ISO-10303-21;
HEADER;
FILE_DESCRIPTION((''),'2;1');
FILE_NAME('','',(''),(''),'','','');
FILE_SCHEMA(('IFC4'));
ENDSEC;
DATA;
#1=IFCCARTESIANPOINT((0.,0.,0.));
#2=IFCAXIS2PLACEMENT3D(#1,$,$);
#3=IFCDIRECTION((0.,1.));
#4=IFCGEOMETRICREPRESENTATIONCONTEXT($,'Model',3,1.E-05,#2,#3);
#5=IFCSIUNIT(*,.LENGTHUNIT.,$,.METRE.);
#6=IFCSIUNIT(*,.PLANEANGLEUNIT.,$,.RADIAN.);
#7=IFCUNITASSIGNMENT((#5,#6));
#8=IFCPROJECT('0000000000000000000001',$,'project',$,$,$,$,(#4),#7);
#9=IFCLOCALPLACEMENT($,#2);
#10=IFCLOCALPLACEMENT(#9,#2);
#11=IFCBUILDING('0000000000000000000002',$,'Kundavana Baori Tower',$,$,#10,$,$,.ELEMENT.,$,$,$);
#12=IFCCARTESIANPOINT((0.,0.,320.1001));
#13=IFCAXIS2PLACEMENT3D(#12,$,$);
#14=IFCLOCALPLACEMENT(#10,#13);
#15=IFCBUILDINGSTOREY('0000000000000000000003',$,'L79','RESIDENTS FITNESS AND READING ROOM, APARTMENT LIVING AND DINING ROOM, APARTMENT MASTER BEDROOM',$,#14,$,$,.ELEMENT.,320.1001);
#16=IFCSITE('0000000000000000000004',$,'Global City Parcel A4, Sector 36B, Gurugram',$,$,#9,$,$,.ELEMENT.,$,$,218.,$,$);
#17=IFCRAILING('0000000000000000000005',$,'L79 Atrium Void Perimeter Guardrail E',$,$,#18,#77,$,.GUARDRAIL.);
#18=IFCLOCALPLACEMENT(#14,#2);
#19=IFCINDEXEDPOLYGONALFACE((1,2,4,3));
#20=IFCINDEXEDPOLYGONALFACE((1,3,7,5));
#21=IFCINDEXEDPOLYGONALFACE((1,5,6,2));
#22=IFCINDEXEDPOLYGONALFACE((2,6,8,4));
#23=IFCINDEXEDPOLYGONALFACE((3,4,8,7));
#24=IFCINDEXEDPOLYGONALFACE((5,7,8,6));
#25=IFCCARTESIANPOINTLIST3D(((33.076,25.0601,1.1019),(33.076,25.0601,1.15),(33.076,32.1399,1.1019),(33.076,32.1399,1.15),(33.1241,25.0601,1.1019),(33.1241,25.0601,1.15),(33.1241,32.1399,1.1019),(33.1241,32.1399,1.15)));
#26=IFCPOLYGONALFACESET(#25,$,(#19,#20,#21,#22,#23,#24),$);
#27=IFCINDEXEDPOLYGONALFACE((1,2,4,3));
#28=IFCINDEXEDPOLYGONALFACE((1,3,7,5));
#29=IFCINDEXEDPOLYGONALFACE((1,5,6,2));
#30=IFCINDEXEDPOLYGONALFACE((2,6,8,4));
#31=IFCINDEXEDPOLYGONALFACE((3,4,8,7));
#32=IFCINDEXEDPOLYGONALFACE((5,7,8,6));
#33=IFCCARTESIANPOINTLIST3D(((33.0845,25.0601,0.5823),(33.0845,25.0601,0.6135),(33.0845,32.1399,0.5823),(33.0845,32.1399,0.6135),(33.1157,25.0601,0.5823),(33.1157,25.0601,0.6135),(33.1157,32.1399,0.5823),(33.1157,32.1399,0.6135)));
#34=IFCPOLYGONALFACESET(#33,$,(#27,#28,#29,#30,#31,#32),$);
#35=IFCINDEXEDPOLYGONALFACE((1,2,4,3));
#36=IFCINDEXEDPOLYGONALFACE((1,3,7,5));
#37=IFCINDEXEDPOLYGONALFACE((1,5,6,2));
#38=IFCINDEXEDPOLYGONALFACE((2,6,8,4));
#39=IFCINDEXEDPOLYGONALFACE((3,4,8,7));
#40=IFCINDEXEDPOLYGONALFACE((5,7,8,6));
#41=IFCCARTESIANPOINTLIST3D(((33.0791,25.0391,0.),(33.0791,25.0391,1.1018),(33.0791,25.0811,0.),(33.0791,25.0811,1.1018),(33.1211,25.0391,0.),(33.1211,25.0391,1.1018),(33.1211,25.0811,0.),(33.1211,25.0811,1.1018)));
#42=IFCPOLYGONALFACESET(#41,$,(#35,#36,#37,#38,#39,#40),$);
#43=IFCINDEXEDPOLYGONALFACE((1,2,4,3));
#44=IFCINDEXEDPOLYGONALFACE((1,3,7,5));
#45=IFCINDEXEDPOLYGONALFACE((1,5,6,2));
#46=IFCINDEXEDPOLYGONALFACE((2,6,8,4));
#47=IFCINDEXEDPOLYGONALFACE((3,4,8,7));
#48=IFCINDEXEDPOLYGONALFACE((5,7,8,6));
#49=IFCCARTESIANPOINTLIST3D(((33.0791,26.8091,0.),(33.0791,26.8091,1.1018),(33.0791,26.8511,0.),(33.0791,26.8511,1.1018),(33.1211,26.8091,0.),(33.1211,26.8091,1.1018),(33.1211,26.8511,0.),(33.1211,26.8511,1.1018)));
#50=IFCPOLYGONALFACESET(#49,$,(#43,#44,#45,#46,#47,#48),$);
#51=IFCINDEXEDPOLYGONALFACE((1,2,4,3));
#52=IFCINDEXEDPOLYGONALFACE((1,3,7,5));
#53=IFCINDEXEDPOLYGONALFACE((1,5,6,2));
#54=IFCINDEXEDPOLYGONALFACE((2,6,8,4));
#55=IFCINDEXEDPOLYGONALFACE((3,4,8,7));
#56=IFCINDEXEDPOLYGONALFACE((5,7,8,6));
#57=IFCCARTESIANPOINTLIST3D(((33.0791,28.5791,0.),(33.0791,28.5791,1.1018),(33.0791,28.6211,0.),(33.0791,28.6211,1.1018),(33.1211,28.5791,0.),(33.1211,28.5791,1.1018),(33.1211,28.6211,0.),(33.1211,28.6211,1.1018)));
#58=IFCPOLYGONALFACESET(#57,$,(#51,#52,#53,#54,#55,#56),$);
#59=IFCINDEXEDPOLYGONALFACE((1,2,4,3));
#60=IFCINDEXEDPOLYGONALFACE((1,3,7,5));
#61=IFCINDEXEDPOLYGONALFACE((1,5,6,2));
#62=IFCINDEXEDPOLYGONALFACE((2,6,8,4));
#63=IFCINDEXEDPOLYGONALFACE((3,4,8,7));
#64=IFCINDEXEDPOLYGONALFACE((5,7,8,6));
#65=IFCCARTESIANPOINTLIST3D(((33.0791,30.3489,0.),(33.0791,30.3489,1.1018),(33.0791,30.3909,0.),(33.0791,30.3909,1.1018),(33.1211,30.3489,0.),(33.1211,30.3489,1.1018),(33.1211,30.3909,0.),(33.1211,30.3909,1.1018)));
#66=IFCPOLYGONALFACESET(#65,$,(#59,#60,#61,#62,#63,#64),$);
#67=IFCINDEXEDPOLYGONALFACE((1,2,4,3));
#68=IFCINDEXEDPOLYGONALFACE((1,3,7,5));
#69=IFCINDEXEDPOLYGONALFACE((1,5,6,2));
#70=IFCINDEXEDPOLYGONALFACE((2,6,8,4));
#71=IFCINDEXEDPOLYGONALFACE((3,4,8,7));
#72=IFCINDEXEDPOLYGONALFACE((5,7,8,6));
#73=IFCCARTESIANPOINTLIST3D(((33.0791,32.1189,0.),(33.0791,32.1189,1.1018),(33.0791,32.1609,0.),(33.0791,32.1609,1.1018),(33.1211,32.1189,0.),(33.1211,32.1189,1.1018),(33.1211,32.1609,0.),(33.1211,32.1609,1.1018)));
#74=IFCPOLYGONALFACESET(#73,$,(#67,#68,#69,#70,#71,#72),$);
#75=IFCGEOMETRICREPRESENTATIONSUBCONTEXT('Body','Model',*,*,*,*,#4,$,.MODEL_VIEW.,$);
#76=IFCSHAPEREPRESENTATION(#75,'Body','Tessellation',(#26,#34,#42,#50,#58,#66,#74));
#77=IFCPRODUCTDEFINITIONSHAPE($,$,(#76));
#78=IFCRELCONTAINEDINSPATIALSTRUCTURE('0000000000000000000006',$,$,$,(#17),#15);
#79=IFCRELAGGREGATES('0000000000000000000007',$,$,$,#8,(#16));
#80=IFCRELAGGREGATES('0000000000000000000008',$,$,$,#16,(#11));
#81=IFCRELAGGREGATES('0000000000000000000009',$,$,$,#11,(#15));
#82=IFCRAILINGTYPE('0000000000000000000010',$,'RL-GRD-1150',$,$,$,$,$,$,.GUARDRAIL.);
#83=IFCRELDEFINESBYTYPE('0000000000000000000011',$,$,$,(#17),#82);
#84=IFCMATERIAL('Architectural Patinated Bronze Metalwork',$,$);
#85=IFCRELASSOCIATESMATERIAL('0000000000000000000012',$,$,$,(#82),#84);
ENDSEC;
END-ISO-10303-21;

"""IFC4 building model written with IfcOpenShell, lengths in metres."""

from ifc_helpers import new_model, si_unit, direction, frame, origin, origin_2d, place, context, subcontext, project, spatial, rectangle, extrude, material, type_object, element, save


model = new_model("IFC4")

# Units and contexts
model_context = context("Model", 3, precision=1e-05, world=origin(), true_north=direction((0.0, 1.0)))
body_context = subcontext(model_context, "Body", "Model", "MODEL_VIEW")
ifc_project = project(units=[si_unit("LENGTHUNIT", "METRE"), si_unit("PLANEANGLEUNIT", "RADIAN")], contexts=[model_context])

# Site, building, storey
site_placement = place(None, origin())
site = spatial("IfcSite", under=ifc_project, at=site_placement, Name="Global City Parcel A4, Sector 36B, Gurugram", CompositionType="ELEMENT", RefElevation=218.0)
building_placement = place(site_placement, origin())
building = spatial("IfcBuilding", under=site, at=building_placement, Name="Kundavana Baori Tower", CompositionType="ELEMENT")
storey_placement = place(building_placement, frame((0.0, 0.0, 320.1001)))
storey = spatial("IfcBuildingStorey", under=building, at=storey_placement, Name="L79", Description="RESIDENTS FITNESS AND READING ROOM, APARTMENT LIVING AND DINING ROOM, APARTMENT MASTER BEDROOM", CompositionType="ELEMENT", Elevation=320.1001)

# Railing
ifc_material_1 = material(Name="Architectural Patinated Bronze Metalwork")
railing_type = type_object("IfcRailingType", Name="RL-GRD-1150", PredefinedType="GUARDRAIL", material=ifc_material_1)
railing_1_placement = place(storey_placement, frame((33.1001, 25.0601, 0.0)))
element("IfcRailing", 1, at=railing_1_placement, inside=storey, type_object=railing_type, Name="L79 Atrium Void Perimeter Guardrail E", PredefinedType="GUARDRAIL", context=body_context, shape_type="SweptSolid", body=[
    extrude(rectangle(XDim=0.0481, YDim=0.0481, at=origin_2d()), frame((0.0, 0.0, 1.126), z_axis=(0.0, 1.0, 0.0), x_axis=(-1.0, 0.0, 0.0)), (0.0, 0.0, 1.0), 7.0798),
    extrude(rectangle(XDim=0.0312, YDim=0.0312, at=origin_2d()), frame((0.0, 0.0, 0.5979), z_axis=(0.0, 1.0, 0.0), x_axis=(-1.0, 0.0, 0.0)), (0.0, 0.0, 1.0), 7.0798),
    extrude(rectangle(XDim=0.042, YDim=0.042, at=origin_2d()), origin(), (0.0, 0.0, 1.0), 1.1018),
    extrude(rectangle(XDim=0.042, YDim=0.042, at=origin_2d()), frame((0.0, 1.77, 0.0)), (0.0, 0.0, 1.0), 1.1018),
    extrude(rectangle(XDim=0.042, YDim=0.042, at=origin_2d()), frame((0.0, 3.54, 0.0)), (0.0, 0.0, 1.0), 1.1018),
    extrude(rectangle(XDim=0.042, YDim=0.042, at=origin_2d()), frame((0.0, 5.3098, 0.0)), (0.0, 0.0, 1.0), 1.1018),
    extrude(rectangle(XDim=0.042, YDim=0.042, at=origin_2d()), frame((0.0, 7.0798, 0.0)), (0.0, 0.0, 1.0), 1.1018),
])

save(model, "model.ifc")
